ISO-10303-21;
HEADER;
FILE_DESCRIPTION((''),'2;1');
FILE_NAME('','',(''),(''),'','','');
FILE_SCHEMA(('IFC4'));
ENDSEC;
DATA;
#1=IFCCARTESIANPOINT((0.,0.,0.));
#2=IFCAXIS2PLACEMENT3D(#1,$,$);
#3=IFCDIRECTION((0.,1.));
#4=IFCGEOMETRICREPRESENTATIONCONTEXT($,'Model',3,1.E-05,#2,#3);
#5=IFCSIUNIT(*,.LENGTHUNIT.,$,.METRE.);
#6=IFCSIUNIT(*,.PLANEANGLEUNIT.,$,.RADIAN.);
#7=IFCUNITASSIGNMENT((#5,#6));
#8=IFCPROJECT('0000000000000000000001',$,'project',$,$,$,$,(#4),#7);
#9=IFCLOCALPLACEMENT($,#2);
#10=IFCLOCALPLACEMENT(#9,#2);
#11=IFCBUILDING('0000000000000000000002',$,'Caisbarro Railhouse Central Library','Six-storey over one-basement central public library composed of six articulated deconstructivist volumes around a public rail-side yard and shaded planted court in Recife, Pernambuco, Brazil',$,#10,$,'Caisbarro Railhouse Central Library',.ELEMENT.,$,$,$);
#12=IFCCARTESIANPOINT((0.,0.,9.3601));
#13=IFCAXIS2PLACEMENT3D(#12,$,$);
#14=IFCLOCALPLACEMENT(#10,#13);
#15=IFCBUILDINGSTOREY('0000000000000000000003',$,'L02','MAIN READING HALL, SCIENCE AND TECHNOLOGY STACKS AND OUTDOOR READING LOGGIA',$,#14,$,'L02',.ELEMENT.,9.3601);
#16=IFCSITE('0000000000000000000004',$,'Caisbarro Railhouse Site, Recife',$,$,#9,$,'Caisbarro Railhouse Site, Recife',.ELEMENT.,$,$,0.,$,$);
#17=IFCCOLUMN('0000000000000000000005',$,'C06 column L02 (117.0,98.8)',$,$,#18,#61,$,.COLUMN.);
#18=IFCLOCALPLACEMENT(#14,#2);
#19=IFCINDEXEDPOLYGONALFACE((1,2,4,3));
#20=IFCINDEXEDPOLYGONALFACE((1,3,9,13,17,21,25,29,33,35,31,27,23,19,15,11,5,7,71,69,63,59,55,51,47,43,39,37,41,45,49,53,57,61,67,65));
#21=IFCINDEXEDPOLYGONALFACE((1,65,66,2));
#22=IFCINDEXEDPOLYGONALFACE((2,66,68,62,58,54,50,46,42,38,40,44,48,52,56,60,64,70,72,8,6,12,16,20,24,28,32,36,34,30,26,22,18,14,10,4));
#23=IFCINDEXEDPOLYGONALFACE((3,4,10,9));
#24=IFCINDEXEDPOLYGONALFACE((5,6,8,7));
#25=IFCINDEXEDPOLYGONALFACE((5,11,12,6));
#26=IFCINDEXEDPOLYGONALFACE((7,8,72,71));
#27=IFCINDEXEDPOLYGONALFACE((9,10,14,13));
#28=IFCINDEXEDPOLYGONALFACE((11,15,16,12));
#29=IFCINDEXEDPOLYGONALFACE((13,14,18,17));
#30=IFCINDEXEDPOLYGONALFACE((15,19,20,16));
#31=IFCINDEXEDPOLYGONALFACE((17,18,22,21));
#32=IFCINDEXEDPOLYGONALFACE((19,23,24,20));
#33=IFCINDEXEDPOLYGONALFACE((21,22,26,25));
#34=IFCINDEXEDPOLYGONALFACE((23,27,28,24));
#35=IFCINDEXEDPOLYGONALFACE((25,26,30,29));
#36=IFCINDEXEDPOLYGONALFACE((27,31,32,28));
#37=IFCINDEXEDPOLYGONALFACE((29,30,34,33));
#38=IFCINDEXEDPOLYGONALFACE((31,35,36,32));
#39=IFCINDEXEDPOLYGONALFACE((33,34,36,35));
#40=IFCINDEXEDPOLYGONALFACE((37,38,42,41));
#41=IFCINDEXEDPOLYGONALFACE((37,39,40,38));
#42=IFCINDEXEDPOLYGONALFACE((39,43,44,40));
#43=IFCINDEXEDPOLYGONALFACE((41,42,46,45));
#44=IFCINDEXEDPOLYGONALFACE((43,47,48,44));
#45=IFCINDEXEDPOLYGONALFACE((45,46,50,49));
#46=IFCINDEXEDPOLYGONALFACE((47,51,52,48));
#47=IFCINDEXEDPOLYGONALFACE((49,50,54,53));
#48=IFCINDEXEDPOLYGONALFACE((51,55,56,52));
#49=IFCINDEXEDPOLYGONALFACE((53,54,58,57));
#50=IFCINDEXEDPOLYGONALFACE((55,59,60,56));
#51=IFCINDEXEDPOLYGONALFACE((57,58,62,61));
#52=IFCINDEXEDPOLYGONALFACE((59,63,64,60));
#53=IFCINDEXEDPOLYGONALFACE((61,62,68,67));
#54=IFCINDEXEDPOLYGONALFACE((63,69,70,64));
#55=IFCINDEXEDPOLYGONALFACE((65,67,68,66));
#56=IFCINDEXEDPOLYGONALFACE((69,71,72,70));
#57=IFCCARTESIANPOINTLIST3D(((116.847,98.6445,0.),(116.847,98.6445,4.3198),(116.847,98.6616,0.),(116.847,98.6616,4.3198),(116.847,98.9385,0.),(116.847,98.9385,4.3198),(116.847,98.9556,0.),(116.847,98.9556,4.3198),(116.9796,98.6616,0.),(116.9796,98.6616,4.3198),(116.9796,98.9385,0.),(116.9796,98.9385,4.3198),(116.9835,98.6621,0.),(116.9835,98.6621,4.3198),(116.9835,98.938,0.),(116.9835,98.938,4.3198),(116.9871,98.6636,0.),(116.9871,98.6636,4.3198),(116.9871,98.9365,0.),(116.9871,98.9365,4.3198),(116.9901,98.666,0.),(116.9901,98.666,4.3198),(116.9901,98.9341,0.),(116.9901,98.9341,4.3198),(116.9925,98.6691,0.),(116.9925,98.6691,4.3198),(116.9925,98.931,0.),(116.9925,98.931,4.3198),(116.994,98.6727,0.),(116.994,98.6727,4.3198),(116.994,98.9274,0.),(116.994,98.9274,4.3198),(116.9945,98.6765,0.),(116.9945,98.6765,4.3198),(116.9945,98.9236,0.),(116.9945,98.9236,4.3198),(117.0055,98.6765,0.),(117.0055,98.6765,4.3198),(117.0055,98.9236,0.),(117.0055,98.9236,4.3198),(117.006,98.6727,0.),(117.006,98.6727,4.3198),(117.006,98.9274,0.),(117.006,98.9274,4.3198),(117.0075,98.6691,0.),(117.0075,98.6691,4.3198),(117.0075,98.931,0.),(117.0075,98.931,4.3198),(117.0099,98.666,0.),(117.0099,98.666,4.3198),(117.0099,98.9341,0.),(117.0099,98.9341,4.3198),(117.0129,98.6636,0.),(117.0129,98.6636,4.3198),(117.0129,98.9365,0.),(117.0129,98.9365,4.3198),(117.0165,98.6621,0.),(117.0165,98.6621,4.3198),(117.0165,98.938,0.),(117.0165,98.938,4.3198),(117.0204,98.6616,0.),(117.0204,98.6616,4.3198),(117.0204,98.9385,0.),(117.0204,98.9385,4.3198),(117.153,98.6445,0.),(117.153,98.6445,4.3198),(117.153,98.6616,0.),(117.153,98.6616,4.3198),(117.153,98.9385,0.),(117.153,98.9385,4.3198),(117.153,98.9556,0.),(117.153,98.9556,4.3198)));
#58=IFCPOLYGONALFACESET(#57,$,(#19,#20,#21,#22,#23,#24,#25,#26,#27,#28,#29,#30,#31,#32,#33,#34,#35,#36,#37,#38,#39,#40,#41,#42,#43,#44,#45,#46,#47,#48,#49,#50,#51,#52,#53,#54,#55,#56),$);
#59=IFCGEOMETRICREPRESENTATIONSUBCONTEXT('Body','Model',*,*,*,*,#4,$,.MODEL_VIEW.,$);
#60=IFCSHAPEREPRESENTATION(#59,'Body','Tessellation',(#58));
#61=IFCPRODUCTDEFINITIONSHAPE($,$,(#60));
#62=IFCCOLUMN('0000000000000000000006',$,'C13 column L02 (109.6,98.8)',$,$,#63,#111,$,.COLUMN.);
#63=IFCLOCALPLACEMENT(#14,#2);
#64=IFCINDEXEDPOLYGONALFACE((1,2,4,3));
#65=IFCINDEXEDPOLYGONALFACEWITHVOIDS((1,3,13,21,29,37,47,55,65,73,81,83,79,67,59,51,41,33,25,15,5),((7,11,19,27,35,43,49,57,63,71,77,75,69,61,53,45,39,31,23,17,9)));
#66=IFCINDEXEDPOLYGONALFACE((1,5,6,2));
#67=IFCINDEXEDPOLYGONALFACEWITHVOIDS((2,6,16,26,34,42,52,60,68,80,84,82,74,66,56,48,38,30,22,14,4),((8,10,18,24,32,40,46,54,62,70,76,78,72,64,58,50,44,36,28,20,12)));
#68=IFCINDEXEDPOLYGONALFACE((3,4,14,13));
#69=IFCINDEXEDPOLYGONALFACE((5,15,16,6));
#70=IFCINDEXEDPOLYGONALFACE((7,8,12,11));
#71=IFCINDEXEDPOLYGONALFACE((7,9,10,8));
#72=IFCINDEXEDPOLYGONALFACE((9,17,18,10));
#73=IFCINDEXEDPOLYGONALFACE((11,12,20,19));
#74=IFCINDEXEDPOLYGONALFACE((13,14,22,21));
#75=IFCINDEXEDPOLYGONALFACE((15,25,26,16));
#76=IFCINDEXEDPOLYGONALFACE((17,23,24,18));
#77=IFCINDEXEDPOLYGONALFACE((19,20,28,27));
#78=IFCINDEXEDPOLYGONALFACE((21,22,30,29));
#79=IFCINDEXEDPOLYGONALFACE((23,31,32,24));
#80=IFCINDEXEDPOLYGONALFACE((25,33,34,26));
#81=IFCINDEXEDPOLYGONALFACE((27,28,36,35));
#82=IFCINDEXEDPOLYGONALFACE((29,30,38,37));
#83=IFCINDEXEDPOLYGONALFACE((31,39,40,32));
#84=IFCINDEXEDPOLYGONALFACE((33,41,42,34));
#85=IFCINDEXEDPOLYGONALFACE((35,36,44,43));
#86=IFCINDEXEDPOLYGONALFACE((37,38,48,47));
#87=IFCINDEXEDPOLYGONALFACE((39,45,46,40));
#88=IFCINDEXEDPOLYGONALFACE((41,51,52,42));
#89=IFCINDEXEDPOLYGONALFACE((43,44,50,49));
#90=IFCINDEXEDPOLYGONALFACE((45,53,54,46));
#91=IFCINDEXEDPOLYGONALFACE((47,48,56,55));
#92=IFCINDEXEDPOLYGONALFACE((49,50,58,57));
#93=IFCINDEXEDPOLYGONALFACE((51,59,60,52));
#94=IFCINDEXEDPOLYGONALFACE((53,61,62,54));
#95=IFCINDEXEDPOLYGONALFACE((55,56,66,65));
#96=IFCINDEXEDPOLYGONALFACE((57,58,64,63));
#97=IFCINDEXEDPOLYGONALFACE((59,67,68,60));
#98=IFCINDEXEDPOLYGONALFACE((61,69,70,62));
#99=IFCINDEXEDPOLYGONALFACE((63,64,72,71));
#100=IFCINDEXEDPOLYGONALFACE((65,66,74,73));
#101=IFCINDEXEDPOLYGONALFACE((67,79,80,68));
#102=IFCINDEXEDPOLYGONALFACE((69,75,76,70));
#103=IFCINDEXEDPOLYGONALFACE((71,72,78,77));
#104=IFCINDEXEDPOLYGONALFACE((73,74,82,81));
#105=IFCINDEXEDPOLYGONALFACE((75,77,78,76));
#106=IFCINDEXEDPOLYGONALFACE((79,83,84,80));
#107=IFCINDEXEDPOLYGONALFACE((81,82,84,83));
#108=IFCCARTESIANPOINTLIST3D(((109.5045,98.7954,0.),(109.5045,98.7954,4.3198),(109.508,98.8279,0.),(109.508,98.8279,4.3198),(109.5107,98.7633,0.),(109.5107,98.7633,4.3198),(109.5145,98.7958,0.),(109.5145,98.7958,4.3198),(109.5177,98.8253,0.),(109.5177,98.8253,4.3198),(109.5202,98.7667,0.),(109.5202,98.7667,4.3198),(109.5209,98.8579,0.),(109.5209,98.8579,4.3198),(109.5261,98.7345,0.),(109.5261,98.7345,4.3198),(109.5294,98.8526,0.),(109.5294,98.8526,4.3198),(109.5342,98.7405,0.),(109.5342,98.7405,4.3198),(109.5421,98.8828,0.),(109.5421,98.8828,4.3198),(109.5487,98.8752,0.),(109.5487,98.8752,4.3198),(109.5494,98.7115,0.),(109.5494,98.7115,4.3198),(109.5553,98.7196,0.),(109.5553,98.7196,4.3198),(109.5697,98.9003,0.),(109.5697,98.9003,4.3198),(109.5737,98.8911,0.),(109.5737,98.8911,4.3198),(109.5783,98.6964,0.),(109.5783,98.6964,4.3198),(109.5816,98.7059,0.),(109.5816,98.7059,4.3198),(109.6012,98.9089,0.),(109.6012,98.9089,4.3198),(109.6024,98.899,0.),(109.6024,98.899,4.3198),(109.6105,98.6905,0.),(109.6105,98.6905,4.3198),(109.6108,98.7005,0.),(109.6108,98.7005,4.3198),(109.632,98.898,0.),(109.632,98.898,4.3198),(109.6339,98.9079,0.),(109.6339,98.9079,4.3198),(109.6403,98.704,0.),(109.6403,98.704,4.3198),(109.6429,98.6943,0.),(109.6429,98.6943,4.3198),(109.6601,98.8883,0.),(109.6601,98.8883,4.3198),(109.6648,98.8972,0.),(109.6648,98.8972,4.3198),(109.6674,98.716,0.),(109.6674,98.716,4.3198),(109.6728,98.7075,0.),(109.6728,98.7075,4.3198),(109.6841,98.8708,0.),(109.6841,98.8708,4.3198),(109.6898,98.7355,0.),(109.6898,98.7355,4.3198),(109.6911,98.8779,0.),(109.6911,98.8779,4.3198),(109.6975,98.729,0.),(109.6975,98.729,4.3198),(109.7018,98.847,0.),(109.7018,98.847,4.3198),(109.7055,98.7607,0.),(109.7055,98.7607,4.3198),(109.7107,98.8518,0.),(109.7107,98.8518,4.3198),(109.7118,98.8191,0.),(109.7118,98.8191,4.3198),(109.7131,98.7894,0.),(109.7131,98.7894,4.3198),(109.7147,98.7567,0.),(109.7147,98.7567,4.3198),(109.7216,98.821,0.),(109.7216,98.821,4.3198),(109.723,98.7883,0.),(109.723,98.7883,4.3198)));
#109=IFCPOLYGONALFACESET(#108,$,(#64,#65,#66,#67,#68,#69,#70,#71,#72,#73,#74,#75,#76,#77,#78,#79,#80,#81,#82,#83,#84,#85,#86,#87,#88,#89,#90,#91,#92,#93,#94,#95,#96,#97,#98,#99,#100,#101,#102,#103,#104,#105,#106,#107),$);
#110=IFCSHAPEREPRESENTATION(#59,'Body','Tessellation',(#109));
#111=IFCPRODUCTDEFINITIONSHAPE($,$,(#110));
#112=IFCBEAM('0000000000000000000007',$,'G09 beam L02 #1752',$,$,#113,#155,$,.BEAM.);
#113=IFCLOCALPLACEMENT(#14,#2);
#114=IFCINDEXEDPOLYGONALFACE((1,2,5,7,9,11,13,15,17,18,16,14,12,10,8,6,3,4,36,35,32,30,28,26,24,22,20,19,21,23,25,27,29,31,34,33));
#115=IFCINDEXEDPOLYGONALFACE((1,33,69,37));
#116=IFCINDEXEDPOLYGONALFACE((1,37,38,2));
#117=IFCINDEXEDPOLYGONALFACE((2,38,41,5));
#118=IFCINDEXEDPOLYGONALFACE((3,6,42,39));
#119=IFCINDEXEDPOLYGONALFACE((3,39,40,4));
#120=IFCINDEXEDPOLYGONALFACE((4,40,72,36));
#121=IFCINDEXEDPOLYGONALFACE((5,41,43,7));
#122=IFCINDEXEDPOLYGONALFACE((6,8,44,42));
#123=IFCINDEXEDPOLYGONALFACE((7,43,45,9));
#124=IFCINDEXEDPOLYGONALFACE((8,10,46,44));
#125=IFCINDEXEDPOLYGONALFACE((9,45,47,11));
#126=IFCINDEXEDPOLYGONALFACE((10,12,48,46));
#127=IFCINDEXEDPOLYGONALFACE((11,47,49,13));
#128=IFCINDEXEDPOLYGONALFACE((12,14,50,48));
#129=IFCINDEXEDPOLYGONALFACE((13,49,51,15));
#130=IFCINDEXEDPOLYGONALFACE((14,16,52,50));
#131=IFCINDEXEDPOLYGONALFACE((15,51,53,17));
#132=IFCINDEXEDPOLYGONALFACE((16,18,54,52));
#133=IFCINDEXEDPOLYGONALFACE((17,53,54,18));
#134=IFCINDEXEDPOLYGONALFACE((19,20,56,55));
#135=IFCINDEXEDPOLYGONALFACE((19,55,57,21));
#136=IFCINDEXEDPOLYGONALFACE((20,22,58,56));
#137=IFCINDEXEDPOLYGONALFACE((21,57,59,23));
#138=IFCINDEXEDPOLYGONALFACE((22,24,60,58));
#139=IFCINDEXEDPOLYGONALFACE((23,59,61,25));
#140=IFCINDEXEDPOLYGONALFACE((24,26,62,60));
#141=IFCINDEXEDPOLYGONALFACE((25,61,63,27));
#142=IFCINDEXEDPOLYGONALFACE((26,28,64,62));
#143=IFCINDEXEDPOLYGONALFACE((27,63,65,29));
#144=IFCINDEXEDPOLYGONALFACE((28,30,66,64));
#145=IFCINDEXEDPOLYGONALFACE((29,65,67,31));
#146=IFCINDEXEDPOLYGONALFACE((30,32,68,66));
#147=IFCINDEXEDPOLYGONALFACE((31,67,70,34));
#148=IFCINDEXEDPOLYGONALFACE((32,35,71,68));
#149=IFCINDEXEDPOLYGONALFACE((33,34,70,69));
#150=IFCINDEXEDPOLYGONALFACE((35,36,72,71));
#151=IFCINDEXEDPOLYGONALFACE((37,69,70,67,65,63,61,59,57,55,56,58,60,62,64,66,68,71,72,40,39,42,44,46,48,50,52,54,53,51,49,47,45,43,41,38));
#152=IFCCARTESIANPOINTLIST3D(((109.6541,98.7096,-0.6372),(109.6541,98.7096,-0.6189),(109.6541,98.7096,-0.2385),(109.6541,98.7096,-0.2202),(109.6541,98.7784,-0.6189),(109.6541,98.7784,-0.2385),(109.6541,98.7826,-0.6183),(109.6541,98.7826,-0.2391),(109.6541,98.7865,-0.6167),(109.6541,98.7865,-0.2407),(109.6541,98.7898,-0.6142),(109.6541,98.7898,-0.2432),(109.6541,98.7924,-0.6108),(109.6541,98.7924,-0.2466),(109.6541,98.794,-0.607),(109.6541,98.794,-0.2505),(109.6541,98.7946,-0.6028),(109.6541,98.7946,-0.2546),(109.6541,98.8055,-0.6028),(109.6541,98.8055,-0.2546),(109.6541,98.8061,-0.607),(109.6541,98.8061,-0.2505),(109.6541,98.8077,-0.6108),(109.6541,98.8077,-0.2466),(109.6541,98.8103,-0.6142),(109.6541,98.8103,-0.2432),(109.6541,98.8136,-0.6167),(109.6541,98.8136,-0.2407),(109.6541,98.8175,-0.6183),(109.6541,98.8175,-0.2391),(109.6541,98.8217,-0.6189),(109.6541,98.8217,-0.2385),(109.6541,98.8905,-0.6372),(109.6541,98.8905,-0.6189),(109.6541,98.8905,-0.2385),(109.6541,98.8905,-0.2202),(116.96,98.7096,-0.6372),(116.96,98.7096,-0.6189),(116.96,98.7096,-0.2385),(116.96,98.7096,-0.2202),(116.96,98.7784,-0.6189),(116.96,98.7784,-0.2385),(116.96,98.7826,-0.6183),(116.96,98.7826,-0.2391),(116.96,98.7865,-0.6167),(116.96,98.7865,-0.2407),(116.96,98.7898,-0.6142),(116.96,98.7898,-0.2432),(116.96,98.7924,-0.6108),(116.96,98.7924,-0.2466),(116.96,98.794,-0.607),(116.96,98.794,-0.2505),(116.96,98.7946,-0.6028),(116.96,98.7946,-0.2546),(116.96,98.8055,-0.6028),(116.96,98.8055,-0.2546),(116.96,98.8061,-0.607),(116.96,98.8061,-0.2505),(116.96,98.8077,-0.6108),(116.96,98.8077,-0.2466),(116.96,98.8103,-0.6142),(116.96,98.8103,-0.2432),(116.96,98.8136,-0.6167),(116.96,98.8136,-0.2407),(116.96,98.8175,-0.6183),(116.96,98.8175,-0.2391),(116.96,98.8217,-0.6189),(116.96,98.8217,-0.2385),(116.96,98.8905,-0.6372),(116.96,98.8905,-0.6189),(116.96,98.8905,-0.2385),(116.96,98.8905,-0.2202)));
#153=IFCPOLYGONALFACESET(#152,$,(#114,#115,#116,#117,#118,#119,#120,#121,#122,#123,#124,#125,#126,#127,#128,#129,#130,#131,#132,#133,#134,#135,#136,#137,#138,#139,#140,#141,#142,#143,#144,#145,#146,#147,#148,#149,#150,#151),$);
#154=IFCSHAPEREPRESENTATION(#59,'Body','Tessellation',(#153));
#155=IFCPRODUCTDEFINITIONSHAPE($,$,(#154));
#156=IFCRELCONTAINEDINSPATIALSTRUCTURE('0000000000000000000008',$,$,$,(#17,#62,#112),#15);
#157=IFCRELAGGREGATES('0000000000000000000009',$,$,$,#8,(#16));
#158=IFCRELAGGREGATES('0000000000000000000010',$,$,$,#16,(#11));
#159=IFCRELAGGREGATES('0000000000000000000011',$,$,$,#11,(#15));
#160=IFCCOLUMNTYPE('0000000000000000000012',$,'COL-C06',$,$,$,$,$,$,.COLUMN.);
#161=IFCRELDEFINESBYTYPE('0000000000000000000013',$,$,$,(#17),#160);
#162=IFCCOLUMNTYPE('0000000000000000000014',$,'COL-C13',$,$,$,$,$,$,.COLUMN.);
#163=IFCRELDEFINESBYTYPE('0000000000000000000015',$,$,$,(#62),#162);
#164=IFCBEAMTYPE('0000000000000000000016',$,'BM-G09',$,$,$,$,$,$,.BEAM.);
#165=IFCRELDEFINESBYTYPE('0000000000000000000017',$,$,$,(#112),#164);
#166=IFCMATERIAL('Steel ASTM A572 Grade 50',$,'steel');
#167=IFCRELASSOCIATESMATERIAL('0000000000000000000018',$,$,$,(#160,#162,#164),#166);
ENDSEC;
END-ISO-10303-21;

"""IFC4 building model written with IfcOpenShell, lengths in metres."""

from ifc_helpers import new_model, si_unit, direction, frame, origin, origin_2d, place, context, subcontext, project, spatial, hollow_circle, i_section, extrude, material, material_profile, profile_set, type_object, element, save


model = new_model("IFC4")

# Units and contexts
model_context = context("Model", 3, precision=1e-05, world=origin(), true_north=direction((0.0, 1.0)))
body_context = subcontext(model_context, "Body", "Model", "MODEL_VIEW")
ifc_project = project(units=[si_unit("LENGTHUNIT", "METRE"), si_unit("PLANEANGLEUNIT", "RADIAN")], contexts=[model_context])

# Site, building, storey
site_placement = place(None, origin())
site = spatial("IfcSite", under=ifc_project, at=site_placement, Name="Caisbarro Railhouse Site, Recife", LongName="Caisbarro Railhouse Site, Recife", CompositionType="ELEMENT", RefElevation=0.0)
building_placement = place(site_placement, origin())
building = spatial("IfcBuilding", under=site, at=building_placement, Name="Caisbarro Railhouse Central Library", Description="Six-storey over one-basement central public library composed of six articulated deconstructivist volumes around a public rail-side yard and shaded planted court in Recife, Pernambuco, Brazil", LongName="Caisbarro Railhouse Central Library", CompositionType="ELEMENT")
storey_placement = place(building_placement, frame((0.0, 0.0, 9.3601)))
storey = spatial("IfcBuildingStorey", under=building, at=storey_placement, Name="L02", Description="MAIN READING HALL, SCIENCE AND TECHNOLOGY STACKS AND OUTDOOR READING LOGGIA", LongName="L02", CompositionType="ELEMENT", Elevation=9.3601)

# Columns
ifc_material_1 = material(Name="Steel ASTM A572 Grade 50", Category="steel")
ifc_material_profile_1 = material_profile(ifc_material_1, i_section(OverallWidth=0.3059, OverallDepth=0.311, WebThickness=0.011, FlangeThickness=0.0171, FilletRadius=0.0149, at=origin_2d()), Name="W310X107.0")
ifc_profile_set_1 = profile_set([ifc_material_profile_1], Name="Steel ASTM A572 Grade 50")
column_type_1 = type_object("IfcColumnType", Name="COL-C06", PredefinedType="COLUMN", material=ifc_profile_set_1)
column_1_placement = place(storey_placement, frame((117.0, 98.8, 0.0), z_axis=(0.0, 0.0, 1.0), x_axis=(1.0, 0.0, 0.0)))
element("IfcColumn", 1, at=column_1_placement, inside=storey, type_object=column_type_1, Name="C06 column L02 (117.0,98.8)", PredefinedType="COLUMN", context=body_context, shape_type="SweptSolid", body=[
    extrude(i_section(OverallWidth=0.3059, OverallDepth=0.311, WebThickness=0.011, FlangeThickness=0.0171, FilletRadius=0.0149, at=origin_2d()), origin(), (0.0, 0.0, 1.0), 4.3198),
])
ifc_material_profile_2 = material_profile(ifc_material_1, hollow_circle(Radius=0.1096, WallThickness=0.01, at=origin_2d()), Name="CHS219.1X10")
ifc_profile_set_2 = profile_set([ifc_material_profile_2], Name="Steel ASTM A572 Grade 50")
column_type_2 = type_object("IfcColumnType", Name="COL-C13", PredefinedType="COLUMN", material=ifc_profile_set_2)
column_2_placement = place(storey_placement, frame((109.614, 98.8, 0.0), z_axis=(0.0, 0.0, 1.0), x_axis=(0.981627, 0.190809, 0.0)))
element("IfcColumn", 2, at=column_2_placement, inside=storey, type_object=column_type_2, Name="C13 column L02 (109.6,98.8)", PredefinedType="COLUMN", context=body_context, shape_type="SweptSolid", body=[
    extrude(hollow_circle(Radius=0.1096, WallThickness=0.01, at=origin_2d()), origin(), (0.0, 0.0, 1.0), 4.3198),
])

# Beam
ifc_material_profile_3 = material_profile(ifc_material_1, i_section(OverallWidth=0.1809, OverallDepth=0.417, WebThickness=0.011, FlangeThickness=0.0183, FilletRadius=0.0161, at=origin_2d()), Name="W410X85.0")
ifc_profile_set_3 = profile_set([ifc_material_profile_3], Name="Steel ASTM A572 Grade 50")
beam_type_1 = type_object("IfcBeamType", Name="BM-G09", PredefinedType="BEAM", material=ifc_profile_set_3)
beam_1_placement = place(storey_placement, frame((109.6541, 98.8, -0.4287), z_axis=(1.0, 0.0, 0.0), x_axis=(0.0, 1.0, 0.0)))
element("IfcBeam", 3, at=beam_1_placement, inside=storey, type_object=beam_type_1, Name="G09 beam L02 #1752", PredefinedType="BEAM", context=body_context, shape_type="SweptSolid", body=[
    extrude(i_section(OverallWidth=0.1809, OverallDepth=0.417, WebThickness=0.011, FlangeThickness=0.0183, FilletRadius=0.0161, at=origin_2d()), origin(), (0.0, 0.0, 1.0), 7.3059),
])

save(model, "model.ifc")
